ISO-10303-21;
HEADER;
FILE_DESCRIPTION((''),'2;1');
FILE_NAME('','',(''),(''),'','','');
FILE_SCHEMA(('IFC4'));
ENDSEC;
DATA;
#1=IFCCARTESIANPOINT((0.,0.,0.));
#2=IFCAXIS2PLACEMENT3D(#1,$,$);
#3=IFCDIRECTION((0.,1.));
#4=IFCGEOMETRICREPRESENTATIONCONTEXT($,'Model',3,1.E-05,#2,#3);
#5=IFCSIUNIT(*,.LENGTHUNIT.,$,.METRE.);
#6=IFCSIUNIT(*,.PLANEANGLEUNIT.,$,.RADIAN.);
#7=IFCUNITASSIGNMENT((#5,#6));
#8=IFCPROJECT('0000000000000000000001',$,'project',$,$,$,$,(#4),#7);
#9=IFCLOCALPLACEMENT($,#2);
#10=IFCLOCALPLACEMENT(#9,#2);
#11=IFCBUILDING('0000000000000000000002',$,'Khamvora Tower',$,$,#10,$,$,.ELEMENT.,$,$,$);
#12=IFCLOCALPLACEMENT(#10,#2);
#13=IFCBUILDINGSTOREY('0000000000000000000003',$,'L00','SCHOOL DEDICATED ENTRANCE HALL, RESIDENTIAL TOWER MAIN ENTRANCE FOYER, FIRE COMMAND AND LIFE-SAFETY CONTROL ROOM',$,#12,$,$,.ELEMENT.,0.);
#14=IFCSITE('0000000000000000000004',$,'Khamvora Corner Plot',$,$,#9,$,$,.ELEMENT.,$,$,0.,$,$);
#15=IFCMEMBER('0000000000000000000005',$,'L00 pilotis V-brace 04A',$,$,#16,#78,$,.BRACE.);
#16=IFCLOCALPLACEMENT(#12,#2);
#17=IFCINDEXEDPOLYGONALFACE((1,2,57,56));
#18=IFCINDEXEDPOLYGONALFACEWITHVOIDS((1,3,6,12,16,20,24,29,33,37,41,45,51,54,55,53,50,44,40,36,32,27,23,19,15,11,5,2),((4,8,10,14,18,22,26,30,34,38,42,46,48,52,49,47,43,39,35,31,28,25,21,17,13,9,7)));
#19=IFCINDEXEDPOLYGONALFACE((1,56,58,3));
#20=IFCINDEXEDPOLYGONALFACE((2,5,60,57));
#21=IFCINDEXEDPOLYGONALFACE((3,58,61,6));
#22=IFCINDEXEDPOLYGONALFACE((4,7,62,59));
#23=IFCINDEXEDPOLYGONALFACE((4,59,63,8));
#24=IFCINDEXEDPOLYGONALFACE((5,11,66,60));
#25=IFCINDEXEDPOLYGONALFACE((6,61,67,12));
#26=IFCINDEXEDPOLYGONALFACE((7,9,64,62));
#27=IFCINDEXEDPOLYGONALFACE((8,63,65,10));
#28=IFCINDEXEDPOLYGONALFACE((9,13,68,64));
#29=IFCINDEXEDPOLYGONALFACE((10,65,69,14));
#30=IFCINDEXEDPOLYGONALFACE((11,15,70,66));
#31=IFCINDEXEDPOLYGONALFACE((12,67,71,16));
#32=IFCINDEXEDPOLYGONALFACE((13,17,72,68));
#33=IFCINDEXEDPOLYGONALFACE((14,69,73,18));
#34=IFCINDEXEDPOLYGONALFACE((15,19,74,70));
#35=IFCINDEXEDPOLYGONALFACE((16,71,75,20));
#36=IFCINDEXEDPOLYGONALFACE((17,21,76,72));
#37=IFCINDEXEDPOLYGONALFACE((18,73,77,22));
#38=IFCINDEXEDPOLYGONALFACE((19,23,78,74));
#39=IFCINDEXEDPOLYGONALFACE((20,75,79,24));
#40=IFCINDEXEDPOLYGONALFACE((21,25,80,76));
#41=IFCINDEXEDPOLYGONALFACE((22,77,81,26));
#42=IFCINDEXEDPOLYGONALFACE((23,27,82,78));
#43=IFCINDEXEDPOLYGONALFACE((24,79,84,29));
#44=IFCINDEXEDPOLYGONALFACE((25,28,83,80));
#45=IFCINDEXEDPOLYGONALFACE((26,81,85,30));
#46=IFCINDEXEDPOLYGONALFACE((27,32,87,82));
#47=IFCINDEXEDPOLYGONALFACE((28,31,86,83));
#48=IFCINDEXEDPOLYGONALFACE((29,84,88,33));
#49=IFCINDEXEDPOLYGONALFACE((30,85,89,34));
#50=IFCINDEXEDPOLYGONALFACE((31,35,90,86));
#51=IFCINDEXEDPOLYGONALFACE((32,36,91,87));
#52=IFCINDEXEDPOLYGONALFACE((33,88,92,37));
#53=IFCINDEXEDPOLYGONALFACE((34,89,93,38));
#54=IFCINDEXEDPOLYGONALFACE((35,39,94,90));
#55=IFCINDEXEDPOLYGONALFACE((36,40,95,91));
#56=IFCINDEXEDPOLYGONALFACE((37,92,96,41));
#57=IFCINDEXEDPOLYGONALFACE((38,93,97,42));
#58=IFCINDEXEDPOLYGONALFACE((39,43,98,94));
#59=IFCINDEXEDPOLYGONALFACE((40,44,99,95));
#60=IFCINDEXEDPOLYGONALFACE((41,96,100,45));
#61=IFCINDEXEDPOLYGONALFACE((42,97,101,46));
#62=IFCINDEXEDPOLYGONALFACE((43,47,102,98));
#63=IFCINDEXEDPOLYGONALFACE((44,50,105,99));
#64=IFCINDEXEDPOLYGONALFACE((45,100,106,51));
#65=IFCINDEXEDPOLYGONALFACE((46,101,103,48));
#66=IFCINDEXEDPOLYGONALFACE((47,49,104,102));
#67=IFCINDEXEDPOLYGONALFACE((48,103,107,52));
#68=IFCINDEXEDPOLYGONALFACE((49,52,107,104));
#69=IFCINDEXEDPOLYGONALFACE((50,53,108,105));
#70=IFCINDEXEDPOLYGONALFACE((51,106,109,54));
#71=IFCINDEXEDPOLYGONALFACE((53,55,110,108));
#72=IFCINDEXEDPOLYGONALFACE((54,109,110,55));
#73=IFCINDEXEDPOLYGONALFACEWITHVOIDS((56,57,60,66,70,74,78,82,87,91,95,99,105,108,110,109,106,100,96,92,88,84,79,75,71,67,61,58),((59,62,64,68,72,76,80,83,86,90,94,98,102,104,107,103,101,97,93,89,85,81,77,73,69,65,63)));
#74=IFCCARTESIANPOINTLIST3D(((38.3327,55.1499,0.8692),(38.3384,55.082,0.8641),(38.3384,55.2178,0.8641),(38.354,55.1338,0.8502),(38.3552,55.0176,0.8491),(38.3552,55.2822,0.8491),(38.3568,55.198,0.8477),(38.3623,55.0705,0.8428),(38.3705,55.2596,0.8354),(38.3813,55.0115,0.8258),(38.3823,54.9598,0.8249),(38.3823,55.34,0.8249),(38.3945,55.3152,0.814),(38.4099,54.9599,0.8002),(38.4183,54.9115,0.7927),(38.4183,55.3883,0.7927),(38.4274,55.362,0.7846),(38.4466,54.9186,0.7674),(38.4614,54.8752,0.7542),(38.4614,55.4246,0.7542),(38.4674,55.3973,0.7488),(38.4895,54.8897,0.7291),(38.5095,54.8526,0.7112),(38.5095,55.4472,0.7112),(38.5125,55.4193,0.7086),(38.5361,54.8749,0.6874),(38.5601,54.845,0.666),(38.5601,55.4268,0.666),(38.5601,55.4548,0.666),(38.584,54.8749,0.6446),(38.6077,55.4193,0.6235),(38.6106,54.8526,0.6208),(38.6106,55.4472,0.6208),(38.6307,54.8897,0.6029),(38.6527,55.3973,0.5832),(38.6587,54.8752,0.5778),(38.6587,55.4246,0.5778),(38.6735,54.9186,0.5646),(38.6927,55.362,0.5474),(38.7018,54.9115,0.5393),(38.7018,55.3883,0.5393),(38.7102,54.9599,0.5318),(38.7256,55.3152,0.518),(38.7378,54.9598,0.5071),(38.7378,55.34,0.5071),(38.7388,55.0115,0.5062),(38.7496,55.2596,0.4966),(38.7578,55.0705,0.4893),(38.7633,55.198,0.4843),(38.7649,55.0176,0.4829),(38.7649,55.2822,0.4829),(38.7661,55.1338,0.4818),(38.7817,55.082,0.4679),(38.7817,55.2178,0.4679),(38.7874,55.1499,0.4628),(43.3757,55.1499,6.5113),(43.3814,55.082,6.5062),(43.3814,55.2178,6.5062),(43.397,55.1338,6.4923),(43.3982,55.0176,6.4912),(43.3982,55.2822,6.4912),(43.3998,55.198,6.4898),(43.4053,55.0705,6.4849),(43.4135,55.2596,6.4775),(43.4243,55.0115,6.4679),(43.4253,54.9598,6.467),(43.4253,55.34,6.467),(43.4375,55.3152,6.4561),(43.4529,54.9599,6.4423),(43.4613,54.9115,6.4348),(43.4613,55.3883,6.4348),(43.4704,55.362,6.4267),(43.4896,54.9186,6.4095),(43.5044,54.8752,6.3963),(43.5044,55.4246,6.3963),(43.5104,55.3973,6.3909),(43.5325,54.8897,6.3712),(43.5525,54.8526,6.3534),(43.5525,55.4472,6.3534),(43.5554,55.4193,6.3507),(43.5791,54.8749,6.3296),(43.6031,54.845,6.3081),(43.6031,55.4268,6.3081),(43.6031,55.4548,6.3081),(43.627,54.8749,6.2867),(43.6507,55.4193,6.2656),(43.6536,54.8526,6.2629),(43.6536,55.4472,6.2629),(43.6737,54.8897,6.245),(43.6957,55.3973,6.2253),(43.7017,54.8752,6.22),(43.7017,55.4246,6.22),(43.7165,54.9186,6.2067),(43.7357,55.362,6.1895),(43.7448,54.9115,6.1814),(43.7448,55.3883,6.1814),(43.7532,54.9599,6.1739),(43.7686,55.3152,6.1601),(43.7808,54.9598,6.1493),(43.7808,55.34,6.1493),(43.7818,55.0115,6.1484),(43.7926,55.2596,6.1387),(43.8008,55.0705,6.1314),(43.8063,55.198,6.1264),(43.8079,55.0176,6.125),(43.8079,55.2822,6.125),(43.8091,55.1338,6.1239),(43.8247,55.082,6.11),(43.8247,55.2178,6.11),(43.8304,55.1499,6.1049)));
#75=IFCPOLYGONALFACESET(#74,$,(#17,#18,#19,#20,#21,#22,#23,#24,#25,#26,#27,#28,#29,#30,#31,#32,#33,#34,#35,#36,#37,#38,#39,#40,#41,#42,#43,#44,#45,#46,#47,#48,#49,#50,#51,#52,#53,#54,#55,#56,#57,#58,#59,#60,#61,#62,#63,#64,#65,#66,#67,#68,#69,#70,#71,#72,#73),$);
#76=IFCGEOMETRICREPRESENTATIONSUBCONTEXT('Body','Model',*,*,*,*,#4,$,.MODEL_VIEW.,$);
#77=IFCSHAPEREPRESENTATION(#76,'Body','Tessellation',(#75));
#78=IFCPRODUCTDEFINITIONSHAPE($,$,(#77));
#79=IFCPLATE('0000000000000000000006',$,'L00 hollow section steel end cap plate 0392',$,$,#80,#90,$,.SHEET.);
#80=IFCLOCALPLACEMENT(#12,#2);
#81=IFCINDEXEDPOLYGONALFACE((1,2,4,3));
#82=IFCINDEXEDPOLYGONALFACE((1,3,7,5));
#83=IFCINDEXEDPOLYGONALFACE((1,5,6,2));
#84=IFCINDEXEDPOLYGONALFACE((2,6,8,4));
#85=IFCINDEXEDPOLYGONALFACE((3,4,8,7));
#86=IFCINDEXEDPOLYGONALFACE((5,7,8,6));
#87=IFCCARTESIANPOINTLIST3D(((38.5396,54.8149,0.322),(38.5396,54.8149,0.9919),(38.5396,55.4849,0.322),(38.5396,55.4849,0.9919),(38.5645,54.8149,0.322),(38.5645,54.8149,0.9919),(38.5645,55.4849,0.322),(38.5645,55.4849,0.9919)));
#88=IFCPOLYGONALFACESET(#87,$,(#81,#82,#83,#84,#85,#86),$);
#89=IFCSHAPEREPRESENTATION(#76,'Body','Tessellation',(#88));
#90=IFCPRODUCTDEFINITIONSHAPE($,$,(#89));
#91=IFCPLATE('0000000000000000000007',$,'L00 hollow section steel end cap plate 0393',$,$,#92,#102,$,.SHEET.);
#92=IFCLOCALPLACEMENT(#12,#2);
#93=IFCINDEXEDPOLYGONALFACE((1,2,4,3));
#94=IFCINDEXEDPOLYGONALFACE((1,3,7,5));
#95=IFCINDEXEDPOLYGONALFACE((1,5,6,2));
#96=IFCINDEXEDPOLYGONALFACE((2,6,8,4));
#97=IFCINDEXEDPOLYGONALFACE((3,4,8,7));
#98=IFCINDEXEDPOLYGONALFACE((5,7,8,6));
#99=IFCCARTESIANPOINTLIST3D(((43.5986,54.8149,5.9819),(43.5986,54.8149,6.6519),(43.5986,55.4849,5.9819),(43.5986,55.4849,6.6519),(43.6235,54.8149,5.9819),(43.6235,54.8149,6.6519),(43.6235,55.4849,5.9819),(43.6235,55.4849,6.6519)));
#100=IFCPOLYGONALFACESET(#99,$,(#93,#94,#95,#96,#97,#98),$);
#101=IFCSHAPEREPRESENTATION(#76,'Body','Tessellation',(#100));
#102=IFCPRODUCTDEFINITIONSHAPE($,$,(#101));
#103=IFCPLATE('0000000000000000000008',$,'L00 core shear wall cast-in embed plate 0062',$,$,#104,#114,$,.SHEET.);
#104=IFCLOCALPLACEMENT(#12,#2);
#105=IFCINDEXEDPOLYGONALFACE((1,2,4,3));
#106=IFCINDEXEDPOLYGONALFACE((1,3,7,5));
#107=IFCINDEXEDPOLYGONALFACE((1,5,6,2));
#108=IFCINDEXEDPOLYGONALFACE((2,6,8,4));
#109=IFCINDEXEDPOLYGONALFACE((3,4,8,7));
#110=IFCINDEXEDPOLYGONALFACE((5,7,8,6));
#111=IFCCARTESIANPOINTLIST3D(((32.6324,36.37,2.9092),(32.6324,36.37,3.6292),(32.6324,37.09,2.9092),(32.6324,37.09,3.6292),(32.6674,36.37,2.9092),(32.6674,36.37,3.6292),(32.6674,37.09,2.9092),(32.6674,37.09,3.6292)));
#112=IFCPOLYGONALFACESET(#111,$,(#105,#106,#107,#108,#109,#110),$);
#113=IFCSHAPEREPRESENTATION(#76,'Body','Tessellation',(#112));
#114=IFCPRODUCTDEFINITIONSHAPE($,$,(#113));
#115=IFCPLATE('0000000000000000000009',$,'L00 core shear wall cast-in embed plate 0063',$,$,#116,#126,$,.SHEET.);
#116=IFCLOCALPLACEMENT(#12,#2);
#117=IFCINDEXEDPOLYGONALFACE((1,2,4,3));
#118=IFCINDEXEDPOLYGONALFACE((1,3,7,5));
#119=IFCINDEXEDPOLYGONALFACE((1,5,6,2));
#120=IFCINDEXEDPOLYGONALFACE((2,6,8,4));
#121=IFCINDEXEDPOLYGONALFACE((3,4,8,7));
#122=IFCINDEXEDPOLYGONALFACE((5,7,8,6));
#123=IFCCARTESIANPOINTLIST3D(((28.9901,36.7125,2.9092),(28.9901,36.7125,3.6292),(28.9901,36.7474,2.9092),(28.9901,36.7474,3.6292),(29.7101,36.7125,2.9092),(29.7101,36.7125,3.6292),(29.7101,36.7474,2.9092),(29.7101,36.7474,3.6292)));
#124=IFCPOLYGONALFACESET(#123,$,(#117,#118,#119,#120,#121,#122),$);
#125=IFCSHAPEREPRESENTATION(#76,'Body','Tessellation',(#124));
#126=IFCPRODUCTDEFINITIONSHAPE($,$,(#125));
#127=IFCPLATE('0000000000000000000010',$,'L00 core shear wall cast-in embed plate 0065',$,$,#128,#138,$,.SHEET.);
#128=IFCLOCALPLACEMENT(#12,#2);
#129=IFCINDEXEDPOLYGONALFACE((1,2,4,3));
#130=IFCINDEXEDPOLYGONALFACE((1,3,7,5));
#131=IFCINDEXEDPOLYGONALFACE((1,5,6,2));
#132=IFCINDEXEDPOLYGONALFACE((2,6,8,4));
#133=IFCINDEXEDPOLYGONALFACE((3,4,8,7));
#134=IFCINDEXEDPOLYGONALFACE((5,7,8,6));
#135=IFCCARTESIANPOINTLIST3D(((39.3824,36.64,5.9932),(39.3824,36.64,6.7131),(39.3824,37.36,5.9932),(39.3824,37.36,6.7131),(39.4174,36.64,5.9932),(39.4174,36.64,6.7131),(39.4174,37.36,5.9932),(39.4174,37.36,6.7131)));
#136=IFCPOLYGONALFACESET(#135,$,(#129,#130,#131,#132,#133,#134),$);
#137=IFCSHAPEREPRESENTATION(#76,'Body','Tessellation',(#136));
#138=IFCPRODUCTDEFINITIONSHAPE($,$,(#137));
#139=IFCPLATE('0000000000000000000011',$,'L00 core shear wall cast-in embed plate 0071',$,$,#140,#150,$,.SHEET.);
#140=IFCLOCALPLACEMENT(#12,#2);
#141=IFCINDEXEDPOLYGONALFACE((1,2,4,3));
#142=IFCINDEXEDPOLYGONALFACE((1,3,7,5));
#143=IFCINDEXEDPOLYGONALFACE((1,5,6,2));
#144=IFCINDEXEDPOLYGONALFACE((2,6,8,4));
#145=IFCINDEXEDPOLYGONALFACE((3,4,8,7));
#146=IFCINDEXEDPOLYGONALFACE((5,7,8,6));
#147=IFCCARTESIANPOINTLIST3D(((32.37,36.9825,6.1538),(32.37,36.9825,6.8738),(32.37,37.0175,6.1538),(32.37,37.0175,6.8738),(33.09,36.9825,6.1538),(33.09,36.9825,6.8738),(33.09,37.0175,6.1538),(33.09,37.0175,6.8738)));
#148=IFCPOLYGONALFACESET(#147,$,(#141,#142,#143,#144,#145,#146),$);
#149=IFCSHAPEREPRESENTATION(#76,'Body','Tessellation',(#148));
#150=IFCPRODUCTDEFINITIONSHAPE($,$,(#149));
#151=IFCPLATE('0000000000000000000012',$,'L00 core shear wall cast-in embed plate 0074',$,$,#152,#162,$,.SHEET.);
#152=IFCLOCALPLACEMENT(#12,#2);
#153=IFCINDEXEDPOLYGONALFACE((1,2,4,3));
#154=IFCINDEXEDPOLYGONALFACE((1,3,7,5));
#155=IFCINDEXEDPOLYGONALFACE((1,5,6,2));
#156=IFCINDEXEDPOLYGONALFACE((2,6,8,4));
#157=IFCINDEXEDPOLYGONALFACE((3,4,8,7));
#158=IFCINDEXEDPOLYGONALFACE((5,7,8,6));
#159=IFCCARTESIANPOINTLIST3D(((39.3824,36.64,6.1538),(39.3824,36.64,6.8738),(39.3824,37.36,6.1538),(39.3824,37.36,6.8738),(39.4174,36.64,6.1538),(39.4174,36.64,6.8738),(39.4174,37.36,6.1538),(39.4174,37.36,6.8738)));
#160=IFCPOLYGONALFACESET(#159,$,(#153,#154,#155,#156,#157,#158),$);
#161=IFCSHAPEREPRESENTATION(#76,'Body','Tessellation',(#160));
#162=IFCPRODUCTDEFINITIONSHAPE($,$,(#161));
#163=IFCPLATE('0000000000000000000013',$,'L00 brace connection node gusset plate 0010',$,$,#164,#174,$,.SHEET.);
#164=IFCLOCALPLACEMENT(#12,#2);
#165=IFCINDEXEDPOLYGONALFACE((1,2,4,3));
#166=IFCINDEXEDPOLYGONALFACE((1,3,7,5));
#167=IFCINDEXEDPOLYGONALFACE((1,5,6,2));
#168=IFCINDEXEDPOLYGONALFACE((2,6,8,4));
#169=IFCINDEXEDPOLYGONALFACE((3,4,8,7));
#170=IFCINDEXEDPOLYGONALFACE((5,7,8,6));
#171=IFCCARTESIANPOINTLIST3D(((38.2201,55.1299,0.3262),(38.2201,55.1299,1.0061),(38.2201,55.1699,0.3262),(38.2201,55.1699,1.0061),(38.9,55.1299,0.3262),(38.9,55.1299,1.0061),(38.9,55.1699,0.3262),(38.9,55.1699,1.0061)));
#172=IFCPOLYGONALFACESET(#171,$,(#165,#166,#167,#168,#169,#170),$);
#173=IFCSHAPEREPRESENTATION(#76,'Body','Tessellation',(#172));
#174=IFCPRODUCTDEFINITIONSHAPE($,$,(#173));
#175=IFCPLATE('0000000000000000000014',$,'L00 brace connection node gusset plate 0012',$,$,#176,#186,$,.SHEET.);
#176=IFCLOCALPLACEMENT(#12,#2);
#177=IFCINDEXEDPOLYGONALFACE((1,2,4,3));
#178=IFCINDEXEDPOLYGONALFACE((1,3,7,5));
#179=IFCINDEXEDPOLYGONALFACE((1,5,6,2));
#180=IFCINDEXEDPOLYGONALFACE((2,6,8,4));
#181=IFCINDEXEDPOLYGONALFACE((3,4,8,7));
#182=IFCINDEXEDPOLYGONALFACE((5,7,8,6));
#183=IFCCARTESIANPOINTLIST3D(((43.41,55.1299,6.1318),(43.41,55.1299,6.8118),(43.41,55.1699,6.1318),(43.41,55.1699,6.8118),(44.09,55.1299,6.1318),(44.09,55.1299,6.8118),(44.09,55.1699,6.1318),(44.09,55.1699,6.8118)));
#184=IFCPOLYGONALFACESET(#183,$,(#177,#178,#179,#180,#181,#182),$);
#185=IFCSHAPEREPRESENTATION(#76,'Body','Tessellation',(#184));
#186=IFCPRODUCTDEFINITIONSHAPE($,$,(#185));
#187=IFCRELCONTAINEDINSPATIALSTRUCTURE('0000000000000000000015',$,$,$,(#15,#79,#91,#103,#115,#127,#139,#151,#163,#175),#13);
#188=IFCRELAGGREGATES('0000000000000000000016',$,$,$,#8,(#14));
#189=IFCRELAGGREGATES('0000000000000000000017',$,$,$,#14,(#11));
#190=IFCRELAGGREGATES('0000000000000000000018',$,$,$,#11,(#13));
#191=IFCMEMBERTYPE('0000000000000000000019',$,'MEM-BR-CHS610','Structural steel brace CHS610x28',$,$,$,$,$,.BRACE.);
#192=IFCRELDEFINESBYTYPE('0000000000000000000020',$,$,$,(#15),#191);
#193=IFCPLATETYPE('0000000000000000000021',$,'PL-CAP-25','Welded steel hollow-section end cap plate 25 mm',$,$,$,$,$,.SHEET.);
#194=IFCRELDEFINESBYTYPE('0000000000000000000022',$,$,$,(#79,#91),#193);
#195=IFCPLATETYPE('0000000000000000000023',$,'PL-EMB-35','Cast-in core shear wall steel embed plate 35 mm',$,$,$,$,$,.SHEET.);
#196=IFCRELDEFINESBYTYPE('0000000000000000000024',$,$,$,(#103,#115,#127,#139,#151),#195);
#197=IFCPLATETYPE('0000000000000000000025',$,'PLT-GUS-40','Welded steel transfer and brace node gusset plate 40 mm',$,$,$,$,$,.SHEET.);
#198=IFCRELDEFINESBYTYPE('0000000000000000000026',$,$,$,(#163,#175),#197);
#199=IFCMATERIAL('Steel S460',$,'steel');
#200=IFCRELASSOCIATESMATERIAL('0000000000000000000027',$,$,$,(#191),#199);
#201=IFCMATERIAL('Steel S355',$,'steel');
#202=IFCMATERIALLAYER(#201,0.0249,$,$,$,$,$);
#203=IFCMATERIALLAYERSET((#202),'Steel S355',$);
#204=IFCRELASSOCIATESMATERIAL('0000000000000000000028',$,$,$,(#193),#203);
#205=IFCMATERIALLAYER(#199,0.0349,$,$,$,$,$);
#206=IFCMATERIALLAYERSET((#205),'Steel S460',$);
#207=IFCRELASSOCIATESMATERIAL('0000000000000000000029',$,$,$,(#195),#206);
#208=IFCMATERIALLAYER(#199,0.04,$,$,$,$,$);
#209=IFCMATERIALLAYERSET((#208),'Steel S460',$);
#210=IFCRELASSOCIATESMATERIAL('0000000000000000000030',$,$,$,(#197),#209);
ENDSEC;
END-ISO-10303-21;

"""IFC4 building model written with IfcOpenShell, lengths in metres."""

from ifc_helpers import new_model, si_unit, direction, frame, origin, origin_2d, place, context, subcontext, project, spatial, rectangle, hollow_circle, extrude, material, layer, layer_set, material_profile, profile_set, type_object, element, save


model = new_model("IFC4")

# Units and contexts
model_context = context("Model", 3, precision=1e-05, world=origin(), true_north=direction((0.0, 1.0)))
body_context = subcontext(model_context, "Body", "Model", "MODEL_VIEW")
ifc_project = project(units=[si_unit("LENGTHUNIT", "METRE"), si_unit("PLANEANGLEUNIT", "RADIAN")], contexts=[model_context])

# Site, building, storey
site_placement = place(None, origin())
site = spatial("IfcSite", under=ifc_project, at=site_placement, Name="Khamvora Corner Plot", CompositionType="ELEMENT", RefElevation=0.0)
building_placement = place(site_placement, origin())
building = spatial("IfcBuilding", under=site, at=building_placement, Name="Khamvora Tower", CompositionType="ELEMENT")
storey_placement = place(building_placement, origin())
storey = spatial("IfcBuildingStorey", under=building, at=storey_placement, Name="L00", Description="SCHOOL DEDICATED ENTRANCE HALL, RESIDENTIAL TOWER MAIN ENTRANCE FOYER, FIRE COMMAND AND LIFE-SAFETY CONTROL ROOM", CompositionType="ELEMENT", Elevation=0.0)

# Shared definitions
ifc_material_1 = material(Name="Steel S460", Category="steel")

# Shared definitions
ifc_material_2 = material(Name="Steel S355", Category="steel")

# Member
ifc_material_profile_1 = material_profile(ifc_material_1, hollow_circle(Radius=0.3049, WallThickness=0.0281, at=origin_2d()), Name="CHS610x28")
ifc_profile_set_1 = profile_set([ifc_material_profile_1], Name="Steel S460")
member_type = type_object("IfcMemberType", Name="MEM-BR-CHS610", Description="Structural steel brace CHS610x28", PredefinedType="BRACE", material=ifc_profile_set_1)
member_placement = place(storey_placement, frame((38.5601, 55.1499, 0.666), z_axis=(0.666412, 0.0, 0.745584), x_axis=(0.0, 1.0, 0.0)))
element("IfcMember", 1, at=member_placement, inside=storey, type_object=member_type, Name="L00 pilotis V-brace 04A", PredefinedType="BRACE", context=body_context, shape_type="SweptSolid", body=[
    extrude(hollow_circle(Radius=0.3049, WallThickness=0.0281, at=origin_2d()), origin(), (0.0, 0.0, 1.0), 7.5674),
])

# Plates
ifc_layer_1 = layer(ifc_material_2, 0.0249)
ifc_layer_set_1 = layer_set([ifc_layer_1], Name="Steel S355")
plate_type_1 = type_object("IfcPlateType", Name="PL-CAP-25", Description="Welded steel hollow-section end cap plate 25 mm", PredefinedType="SHEET", material=ifc_layer_set_1)
for number, where, z_axis, x_axis, name in (
    (2, (38.552, 55.1499, 0.322), (0.0, 0.0, 1.0), (1.0, 0.0, 0.0), "L00 hollow section steel end cap plate 0392"),
    (3, (43.6111, 55.1499, 5.9819), (0.0, 0.0, 1.0), (1.0, 0.0, 0.0), "L00 hollow section steel end cap plate 0393"),
):
    element("IfcPlate", number, at=place(storey_placement, frame(where, z_axis=z_axis, x_axis=x_axis)), inside=storey, type_object=plate_type_1, Name=name, PredefinedType="SHEET", context=body_context, shape_type="SweptSolid", body=[
        extrude(rectangle(XDim=0.0249, YDim=0.6699, at=origin_2d()), origin(), (0.0, 0.0, 1.0), 0.6699),
    ])
ifc_layer_2 = layer(ifc_material_1, 0.0349)
ifc_layer_set_2 = layer_set([ifc_layer_2], Name="Steel S460")
plate_type_2 = type_object("IfcPlateType", Name="PL-EMB-35", Description="Cast-in core shear wall steel embed plate 35 mm", PredefinedType="SHEET", material=ifc_layer_set_2)
plate_1_placement = place(storey_placement, frame((32.6499, 36.73, 2.9092), z_axis=(0.0, 0.0, 1.0), x_axis=(1.0, 0.0, 0.0)))
element("IfcPlate", 4, at=plate_1_placement, inside=storey, type_object=plate_type_2, Name="L00 core shear wall cast-in embed plate 0062", PredefinedType="SHEET", context=body_context, shape_type="SweptSolid", body=[
    extrude(rectangle(XDim=0.0349, YDim=0.72, at=origin_2d()), origin(), (0.0, 0.0, 1.0), 0.72),
])
plate_2_placement = place(storey_placement, frame((29.3501, 36.73, 2.9092), z_axis=(0.0, 0.0, 1.0), x_axis=(1.0, 0.0, 0.0)))
element("IfcPlate", 5, at=plate_2_placement, inside=storey, type_object=plate_type_2, Name="L00 core shear wall cast-in embed plate 0063", PredefinedType="SHEET", context=body_context, shape_type="SweptSolid", body=[
    extrude(rectangle(XDim=0.72, YDim=0.0349, at=origin_2d()), origin(), (0.0, 0.0, 1.0), 0.72),
])
plate_3_placement = place(storey_placement, frame((39.3999, 37.0, 5.9932), z_axis=(0.0, 0.0, 1.0), x_axis=(1.0, 0.0, 0.0)))
element("IfcPlate", 6, at=plate_3_placement, inside=storey, type_object=plate_type_2, Name="L00 core shear wall cast-in embed plate 0065", PredefinedType="SHEET", context=body_context, shape_type="SweptSolid", body=[
    extrude(rectangle(XDim=0.0349, YDim=0.72, at=origin_2d()), origin(), (0.0, 0.0, 1.0), 0.72),
])
plate_4_placement = place(storey_placement, frame((32.73, 37.0, 6.1538), z_axis=(0.0, 0.0, 1.0), x_axis=(1.0, 0.0, 0.0)))
element("IfcPlate", 7, at=plate_4_placement, inside=storey, type_object=plate_type_2, Name="L00 core shear wall cast-in embed plate 0071", PredefinedType="SHEET", context=body_context, shape_type="SweptSolid", body=[
    extrude(rectangle(XDim=0.72, YDim=0.0349, at=origin_2d()), origin(), (0.0, 0.0, 1.0), 0.72),
])
plate_5_placement = place(storey_placement, frame((39.3999, 37.0, 6.1538), z_axis=(0.0, 0.0, 1.0), x_axis=(1.0, 0.0, 0.0)))
element("IfcPlate", 8, at=plate_5_placement, inside=storey, type_object=plate_type_2, Name="L00 core shear wall cast-in embed plate 0074", PredefinedType="SHEET", context=body_context, shape_type="SweptSolid", body=[
    extrude(rectangle(XDim=0.0349, YDim=0.72, at=origin_2d()), origin(), (0.0, 0.0, 1.0), 0.72),
])
ifc_layer_3 = layer(ifc_material_1, 0.04)
ifc_layer_set_3 = layer_set([ifc_layer_3], Name="Steel S460")
plate_type_3 = type_object("IfcPlateType", Name="PLT-GUS-40", Description="Welded steel transfer and brace node gusset plate 40 mm", PredefinedType="SHEET", material=ifc_layer_set_3)
for number, where, z_axis, x_axis, name in (
    (9, (38.5601, 55.1499, 0.3262), (0.0, 0.0, 1.0), (1.0, 0.0, 0.0), "L00 brace connection node gusset plate 0010"),
    (10, (43.75, 55.1499, 6.1318), (0.0, 0.0, 1.0), (1.0, 0.0, 0.0), "L00 brace connection node gusset plate 0012"),
):
    element("IfcPlate", number, at=place(storey_placement, frame(where, z_axis=z_axis, x_axis=x_axis)), inside=storey, type_object=plate_type_3, Name=name, PredefinedType="SHEET", context=body_context, shape_type="SweptSolid", body=[
        extrude(rectangle(XDim=0.6799, YDim=0.04, at=origin_2d()), origin(), (0.0, 0.0, 1.0), 0.6799),
    ])

save(model, "model.ifc")
